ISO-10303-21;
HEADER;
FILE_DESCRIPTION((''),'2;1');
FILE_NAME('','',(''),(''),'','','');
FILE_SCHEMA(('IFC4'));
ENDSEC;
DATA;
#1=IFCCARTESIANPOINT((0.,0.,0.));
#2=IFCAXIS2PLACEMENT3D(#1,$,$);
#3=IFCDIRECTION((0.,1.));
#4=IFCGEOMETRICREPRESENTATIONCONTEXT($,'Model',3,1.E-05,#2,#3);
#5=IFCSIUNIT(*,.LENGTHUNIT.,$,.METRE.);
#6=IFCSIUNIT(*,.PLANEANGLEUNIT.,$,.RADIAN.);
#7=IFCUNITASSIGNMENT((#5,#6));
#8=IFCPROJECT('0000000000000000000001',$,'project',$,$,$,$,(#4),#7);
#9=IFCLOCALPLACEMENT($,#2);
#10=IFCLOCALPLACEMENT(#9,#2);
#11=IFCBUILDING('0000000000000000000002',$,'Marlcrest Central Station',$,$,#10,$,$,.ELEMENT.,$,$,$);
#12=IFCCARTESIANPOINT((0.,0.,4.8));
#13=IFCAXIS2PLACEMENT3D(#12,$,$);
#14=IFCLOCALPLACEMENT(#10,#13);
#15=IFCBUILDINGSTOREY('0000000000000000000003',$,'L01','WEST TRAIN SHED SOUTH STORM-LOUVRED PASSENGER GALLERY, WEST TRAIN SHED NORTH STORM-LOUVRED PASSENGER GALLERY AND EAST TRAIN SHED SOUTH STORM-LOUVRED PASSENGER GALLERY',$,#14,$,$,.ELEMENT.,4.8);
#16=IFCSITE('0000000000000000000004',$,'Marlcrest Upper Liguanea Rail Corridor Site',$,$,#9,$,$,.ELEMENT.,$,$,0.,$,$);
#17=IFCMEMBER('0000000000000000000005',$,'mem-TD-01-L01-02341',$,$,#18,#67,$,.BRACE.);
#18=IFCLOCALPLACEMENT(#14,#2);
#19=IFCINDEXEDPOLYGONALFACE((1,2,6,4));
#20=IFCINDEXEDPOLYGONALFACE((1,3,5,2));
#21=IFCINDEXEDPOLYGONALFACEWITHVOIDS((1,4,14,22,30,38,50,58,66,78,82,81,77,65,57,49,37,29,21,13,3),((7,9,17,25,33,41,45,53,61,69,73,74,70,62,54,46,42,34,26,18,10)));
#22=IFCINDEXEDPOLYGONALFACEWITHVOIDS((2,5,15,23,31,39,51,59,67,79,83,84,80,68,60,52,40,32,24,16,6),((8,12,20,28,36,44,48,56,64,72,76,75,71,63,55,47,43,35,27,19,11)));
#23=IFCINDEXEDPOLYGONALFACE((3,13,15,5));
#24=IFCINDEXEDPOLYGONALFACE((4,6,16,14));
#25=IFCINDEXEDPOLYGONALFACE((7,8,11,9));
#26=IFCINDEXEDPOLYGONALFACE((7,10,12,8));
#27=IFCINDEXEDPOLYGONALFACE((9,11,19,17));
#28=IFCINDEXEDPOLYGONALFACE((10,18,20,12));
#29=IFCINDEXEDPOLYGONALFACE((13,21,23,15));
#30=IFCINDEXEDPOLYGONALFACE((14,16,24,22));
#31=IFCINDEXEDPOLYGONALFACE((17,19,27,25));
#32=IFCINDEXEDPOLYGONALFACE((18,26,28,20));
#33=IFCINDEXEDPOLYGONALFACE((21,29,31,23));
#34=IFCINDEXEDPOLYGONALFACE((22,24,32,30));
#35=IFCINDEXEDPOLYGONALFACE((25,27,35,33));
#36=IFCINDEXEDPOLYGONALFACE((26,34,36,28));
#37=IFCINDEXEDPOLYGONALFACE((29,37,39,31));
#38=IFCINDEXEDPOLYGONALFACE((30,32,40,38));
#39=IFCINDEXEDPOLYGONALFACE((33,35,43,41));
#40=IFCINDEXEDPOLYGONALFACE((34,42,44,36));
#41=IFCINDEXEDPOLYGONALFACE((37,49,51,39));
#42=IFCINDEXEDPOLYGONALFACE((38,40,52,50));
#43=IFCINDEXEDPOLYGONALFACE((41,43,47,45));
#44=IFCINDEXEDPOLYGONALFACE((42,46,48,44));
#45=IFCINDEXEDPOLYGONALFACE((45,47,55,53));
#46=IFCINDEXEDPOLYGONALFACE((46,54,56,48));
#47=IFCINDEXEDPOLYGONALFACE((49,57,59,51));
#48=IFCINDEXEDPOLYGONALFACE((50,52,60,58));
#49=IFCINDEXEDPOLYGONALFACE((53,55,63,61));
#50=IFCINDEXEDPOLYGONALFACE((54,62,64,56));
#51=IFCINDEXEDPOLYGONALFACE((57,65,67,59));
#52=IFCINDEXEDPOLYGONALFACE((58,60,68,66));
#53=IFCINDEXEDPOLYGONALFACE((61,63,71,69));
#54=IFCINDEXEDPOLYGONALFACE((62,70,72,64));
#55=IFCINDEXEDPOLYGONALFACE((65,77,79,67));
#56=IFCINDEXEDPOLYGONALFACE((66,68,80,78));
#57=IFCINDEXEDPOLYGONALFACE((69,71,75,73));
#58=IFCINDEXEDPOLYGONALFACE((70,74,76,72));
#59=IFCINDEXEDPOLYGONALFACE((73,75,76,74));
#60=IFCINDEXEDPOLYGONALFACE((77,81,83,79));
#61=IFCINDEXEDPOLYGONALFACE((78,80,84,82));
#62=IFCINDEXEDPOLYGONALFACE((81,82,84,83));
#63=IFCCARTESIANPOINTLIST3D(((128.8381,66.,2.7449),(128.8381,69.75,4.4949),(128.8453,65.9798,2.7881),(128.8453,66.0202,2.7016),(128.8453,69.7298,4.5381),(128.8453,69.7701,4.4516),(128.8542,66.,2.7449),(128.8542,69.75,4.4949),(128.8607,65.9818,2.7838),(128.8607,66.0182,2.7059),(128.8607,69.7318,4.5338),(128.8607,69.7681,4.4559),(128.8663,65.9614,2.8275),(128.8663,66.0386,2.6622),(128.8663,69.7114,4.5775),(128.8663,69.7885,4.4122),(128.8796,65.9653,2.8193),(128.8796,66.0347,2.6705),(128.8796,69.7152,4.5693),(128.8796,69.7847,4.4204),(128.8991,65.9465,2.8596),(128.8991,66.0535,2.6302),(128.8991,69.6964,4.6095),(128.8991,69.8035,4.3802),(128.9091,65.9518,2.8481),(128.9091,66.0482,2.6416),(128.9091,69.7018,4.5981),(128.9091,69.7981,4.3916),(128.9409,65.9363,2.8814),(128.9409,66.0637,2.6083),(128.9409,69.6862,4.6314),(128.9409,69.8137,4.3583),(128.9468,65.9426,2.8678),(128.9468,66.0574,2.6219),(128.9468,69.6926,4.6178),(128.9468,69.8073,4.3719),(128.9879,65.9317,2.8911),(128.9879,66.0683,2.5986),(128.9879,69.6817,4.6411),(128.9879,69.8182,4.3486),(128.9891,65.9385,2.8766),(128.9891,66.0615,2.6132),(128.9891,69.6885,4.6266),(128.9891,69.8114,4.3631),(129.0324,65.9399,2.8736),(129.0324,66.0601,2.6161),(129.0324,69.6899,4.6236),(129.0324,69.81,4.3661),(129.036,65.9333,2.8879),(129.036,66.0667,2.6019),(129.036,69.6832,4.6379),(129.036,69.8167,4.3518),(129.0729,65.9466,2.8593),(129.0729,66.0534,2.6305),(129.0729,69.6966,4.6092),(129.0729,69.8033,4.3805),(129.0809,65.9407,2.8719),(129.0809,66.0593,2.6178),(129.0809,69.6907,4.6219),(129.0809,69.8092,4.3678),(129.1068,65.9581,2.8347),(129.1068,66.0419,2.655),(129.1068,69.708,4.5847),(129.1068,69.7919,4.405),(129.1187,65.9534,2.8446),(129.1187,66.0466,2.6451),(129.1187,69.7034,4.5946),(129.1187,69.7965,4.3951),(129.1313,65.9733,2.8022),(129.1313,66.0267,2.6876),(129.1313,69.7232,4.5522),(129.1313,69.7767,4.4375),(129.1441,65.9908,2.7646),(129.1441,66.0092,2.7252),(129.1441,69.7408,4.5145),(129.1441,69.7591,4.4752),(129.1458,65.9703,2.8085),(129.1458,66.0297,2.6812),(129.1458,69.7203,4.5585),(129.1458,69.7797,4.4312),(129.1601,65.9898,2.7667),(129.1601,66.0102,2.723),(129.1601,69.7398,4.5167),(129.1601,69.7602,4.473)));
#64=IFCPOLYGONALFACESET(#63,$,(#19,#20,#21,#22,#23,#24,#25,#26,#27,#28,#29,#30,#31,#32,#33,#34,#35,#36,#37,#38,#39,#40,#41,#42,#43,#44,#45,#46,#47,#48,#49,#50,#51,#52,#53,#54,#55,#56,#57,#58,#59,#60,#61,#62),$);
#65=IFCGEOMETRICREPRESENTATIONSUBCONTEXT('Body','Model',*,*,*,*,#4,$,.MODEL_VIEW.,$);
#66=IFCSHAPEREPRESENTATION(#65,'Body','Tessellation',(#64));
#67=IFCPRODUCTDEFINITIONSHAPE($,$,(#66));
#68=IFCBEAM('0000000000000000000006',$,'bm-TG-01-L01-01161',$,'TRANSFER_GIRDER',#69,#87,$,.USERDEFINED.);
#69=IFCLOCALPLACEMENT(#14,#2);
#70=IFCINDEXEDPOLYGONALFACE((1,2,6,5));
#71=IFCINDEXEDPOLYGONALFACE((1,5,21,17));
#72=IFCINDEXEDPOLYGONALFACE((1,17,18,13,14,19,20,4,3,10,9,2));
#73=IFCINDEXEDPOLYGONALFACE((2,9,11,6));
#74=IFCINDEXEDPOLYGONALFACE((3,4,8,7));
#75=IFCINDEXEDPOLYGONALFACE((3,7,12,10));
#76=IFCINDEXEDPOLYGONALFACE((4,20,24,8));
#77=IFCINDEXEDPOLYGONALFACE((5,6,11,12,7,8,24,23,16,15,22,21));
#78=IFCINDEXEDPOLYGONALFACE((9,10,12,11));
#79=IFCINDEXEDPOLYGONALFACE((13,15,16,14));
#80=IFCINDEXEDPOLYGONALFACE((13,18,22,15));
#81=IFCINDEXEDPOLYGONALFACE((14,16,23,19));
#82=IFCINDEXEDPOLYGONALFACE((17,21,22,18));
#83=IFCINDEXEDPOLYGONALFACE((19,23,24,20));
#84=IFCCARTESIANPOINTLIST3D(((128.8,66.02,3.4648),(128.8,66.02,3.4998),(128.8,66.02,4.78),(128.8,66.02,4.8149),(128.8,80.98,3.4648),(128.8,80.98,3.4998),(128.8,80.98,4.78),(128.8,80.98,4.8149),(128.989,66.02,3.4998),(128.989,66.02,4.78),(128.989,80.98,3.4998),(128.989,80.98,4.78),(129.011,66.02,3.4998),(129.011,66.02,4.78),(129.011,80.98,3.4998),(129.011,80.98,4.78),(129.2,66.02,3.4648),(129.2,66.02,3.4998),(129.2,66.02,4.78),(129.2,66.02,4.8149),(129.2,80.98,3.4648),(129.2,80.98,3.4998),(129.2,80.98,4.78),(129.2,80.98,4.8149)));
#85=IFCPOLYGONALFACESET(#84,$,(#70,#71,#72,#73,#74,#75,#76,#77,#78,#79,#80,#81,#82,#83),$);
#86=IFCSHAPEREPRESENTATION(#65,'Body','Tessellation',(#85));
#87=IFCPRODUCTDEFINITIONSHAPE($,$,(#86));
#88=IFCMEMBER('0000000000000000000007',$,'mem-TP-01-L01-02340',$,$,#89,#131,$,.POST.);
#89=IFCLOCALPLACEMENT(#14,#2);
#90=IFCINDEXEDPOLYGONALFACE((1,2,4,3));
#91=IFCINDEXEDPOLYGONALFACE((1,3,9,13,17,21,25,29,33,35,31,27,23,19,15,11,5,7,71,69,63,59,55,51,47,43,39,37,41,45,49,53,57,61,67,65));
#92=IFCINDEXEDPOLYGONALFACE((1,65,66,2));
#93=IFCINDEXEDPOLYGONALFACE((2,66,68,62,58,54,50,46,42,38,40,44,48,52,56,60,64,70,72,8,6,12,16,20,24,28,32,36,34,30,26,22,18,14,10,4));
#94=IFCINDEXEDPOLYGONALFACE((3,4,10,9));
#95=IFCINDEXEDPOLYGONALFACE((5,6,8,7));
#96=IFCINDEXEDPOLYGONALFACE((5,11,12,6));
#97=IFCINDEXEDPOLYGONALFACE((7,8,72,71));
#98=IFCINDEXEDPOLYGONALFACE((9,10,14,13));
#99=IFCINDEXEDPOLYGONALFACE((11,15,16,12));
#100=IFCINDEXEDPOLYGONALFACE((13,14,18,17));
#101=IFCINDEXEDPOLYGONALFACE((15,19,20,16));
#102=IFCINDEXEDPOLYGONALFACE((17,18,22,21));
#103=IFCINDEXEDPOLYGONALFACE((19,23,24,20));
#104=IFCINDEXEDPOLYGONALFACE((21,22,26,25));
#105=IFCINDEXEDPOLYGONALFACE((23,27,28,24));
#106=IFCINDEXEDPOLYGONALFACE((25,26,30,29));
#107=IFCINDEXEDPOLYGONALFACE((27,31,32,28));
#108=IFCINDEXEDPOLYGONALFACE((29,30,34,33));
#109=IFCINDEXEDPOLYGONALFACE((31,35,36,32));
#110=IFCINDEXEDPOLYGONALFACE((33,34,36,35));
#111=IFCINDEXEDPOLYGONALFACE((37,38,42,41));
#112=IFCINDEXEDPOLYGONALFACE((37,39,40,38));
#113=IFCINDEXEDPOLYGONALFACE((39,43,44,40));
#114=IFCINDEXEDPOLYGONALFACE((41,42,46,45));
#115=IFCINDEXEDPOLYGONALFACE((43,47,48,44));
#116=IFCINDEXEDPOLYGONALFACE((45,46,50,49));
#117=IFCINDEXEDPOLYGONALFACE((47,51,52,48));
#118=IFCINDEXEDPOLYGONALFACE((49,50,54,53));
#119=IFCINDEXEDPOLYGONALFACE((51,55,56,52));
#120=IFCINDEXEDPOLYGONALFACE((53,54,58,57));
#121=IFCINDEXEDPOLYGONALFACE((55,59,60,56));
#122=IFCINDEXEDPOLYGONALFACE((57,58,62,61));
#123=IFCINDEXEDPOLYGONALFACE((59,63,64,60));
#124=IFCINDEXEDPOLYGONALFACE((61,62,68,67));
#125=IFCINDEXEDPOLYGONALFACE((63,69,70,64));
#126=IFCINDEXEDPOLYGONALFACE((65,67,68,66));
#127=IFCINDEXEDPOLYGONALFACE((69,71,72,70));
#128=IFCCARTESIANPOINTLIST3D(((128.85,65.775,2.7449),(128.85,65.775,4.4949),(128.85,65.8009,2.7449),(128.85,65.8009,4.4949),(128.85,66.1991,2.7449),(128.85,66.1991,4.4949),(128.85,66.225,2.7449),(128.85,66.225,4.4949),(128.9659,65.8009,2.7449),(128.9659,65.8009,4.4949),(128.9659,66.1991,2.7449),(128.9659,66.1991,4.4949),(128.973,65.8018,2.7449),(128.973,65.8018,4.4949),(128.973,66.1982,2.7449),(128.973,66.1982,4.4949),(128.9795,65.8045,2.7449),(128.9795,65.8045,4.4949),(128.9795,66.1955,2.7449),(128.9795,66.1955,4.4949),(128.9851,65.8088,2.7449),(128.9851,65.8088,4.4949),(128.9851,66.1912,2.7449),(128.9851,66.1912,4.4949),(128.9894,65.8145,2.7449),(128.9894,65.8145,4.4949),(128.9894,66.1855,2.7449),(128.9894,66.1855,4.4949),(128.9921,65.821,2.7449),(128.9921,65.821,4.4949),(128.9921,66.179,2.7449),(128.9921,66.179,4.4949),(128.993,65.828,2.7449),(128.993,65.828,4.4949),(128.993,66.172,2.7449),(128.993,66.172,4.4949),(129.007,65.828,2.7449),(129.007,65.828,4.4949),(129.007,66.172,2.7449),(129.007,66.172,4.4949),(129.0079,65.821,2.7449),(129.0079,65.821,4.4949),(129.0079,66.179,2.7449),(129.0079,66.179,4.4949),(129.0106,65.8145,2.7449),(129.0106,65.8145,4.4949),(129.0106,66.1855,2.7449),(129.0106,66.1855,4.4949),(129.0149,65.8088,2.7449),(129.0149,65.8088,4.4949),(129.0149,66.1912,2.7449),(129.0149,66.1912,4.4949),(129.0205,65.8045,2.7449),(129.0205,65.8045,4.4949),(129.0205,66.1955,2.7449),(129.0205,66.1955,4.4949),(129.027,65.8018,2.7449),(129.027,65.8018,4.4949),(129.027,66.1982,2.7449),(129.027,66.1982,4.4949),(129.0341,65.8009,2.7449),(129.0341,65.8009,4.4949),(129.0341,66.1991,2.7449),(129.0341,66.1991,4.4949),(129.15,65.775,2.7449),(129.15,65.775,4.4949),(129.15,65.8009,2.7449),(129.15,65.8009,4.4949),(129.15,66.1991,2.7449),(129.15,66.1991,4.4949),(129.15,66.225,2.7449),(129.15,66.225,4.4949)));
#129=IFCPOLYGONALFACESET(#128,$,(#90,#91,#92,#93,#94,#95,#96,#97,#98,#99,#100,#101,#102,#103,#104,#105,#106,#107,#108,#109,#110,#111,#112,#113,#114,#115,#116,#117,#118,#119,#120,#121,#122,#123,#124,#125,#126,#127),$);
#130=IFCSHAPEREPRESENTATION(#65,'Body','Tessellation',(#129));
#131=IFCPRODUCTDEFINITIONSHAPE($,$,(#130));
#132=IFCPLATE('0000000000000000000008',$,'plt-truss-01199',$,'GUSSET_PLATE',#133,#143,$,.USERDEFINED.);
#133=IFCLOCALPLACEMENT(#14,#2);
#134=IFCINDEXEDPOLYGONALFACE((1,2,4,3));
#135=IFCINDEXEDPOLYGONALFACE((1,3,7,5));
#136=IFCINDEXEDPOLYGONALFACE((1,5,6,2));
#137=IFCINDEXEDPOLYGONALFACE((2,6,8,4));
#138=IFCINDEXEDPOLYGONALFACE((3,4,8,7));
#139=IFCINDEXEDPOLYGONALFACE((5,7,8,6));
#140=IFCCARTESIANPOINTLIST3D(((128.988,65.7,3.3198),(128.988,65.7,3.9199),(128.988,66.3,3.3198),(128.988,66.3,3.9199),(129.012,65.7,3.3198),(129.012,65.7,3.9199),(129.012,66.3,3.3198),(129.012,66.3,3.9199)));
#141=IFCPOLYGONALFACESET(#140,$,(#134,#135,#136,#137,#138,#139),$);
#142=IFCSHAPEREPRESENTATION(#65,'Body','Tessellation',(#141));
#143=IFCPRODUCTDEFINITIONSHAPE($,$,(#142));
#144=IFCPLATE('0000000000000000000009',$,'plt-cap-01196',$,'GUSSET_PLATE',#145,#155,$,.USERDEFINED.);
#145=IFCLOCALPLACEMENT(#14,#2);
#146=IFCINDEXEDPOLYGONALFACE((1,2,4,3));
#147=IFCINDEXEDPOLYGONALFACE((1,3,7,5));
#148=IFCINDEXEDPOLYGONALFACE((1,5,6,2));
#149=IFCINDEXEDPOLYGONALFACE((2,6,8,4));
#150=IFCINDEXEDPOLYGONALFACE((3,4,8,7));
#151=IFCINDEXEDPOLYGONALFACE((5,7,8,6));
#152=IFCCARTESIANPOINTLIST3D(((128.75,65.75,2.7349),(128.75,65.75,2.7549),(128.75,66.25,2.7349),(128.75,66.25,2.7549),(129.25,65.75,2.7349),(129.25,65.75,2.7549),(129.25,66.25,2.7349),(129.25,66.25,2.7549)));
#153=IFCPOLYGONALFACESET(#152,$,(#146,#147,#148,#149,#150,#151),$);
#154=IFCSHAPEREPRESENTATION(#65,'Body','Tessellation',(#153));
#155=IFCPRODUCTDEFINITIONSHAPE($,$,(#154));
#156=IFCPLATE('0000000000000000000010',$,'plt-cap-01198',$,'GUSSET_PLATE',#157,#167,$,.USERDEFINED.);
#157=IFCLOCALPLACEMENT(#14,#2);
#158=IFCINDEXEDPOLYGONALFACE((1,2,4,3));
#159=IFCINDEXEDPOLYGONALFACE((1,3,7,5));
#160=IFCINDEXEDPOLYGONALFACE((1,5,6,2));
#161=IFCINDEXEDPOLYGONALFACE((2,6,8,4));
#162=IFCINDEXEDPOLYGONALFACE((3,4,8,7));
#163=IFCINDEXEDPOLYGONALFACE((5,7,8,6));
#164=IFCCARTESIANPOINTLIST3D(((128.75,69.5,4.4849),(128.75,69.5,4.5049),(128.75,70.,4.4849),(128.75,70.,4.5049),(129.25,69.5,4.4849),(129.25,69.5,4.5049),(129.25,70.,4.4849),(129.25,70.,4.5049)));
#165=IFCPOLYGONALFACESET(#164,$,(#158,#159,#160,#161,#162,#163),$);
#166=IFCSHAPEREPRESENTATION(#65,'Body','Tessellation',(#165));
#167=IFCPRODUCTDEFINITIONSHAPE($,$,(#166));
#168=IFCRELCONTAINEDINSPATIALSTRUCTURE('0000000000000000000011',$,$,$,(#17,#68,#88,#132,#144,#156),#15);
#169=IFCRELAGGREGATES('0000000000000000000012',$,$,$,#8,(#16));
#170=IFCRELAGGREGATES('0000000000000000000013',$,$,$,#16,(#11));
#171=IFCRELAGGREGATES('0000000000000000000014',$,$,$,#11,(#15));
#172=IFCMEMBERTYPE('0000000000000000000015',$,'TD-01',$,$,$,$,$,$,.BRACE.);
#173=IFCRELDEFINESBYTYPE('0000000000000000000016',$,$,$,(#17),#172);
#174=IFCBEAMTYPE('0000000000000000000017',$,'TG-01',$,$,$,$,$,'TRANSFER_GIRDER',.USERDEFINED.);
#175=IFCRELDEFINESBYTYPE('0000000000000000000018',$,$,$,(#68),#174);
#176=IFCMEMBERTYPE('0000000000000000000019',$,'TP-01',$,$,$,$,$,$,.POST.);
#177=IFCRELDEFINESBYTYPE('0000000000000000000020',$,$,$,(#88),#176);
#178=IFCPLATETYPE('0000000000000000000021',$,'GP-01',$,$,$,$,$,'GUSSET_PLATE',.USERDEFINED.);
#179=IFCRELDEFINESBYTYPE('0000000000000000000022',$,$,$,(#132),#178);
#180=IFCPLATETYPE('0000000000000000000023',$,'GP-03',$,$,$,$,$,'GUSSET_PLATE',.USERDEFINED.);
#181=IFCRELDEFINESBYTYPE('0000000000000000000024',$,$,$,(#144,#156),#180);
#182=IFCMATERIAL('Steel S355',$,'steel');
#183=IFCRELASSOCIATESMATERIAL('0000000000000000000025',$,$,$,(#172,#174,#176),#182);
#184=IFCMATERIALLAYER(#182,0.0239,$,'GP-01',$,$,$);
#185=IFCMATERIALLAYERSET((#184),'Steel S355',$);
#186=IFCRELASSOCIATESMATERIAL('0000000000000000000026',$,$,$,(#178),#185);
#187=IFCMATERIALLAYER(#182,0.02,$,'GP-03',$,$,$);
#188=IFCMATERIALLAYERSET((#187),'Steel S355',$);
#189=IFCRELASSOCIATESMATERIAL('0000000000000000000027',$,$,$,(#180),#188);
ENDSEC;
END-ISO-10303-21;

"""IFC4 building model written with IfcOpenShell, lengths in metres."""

from ifc_helpers import new_model, si_unit, direction, frame, origin, origin_2d, place, context, subcontext, project, spatial, rectangle, hollow_circle, i_section, extrude, material, layer, layer_set, material_profile, profile_set, type_object, element, save


model = new_model("IFC4")

# Units and contexts
model_context = context("Model", 3, precision=1e-05, world=origin(), true_north=direction((0.0, 1.0)))
body_context = subcontext(model_context, "Body", "Model", "MODEL_VIEW")
ifc_project = project(units=[si_unit("LENGTHUNIT", "METRE"), si_unit("PLANEANGLEUNIT", "RADIAN")], contexts=[model_context])

# Site, building, storey
site_placement = place(None, origin())
site = spatial("IfcSite", under=ifc_project, at=site_placement, Name="Marlcrest Upper Liguanea Rail Corridor Site", CompositionType="ELEMENT", RefElevation=0.0)
building_placement = place(site_placement, origin())
building = spatial("IfcBuilding", under=site, at=building_placement, Name="Marlcrest Central Station", CompositionType="ELEMENT")
storey_placement = place(building_placement, frame((0.0, 0.0, 4.8)))
storey = spatial("IfcBuildingStorey", under=building, at=storey_placement, Name="L01", Description="WEST TRAIN SHED SOUTH STORM-LOUVRED PASSENGER GALLERY, WEST TRAIN SHED NORTH STORM-LOUVRED PASSENGER GALLERY AND EAST TRAIN SHED SOUTH STORM-LOUVRED PASSENGER GALLERY", CompositionType="ELEMENT", Elevation=4.8)

# Shared definitions
ifc_material = material(Name="Steel S355", Category="steel")

# Member
ifc_material_profile_1 = material_profile(ifc_material, hollow_circle(Radius=0.1619, WallThickness=0.0161, at=origin_2d()), Name="CHS 323.9x16")
ifc_profile_set_1 = profile_set([ifc_material_profile_1], Name="Steel S355")
member_type_1 = type_object("IfcMemberType", Name="TD-01", PredefinedType="BRACE", material=ifc_profile_set_1)
member_1_placement = place(storey_placement, frame((129.0, 66.0, 2.7449), z_axis=(0.0, 0.906183, 0.422885), x_axis=(-1.0, 0.0, 0.0)))
element("IfcMember", 1, at=member_1_placement, inside=storey, type_object=member_type_1, Name="mem-TD-01-L01-02341", PredefinedType="BRACE", context=body_context, shape_type="SweptSolid", body=[
    extrude(hollow_circle(Radius=0.1619, WallThickness=0.0161, at=origin_2d()), origin(), (0.0, 0.0, 1.0), 4.1382),
])

# Beam
ifc_material_profile_2 = material_profile(ifc_material, i_section(OverallWidth=0.3999, OverallDepth=1.3501, WebThickness=0.022, FlangeThickness=0.0349, at=origin_2d()), Name="PG 1350x400")
ifc_profile_set_2 = profile_set([ifc_material_profile_2], Name="Steel S355")
beam_type = type_object("IfcBeamType", Name="TG-01", ElementType="TRANSFER_GIRDER", PredefinedType="USERDEFINED", material=ifc_profile_set_2)
beam_placement = place(storey_placement, frame((129.0, 66.02, 4.1399), z_axis=(0.0, 1.0, 0.0), x_axis=(-1.0, 0.0, 0.0)))
element("IfcBeam", 2, at=beam_placement, inside=storey, type_object=beam_type, Name="bm-TG-01-L01-01161", ObjectType="TRANSFER_GIRDER", PredefinedType="USERDEFINED", context=body_context, shape_type="SweptSolid", body=[
    extrude(i_section(OverallWidth=0.3999, OverallDepth=1.3501, WebThickness=0.022, FlangeThickness=0.0349, at=origin_2d()), origin(), (0.0, 0.0, 1.0), 14.96),
])

# Member
ifc_material_profile_3 = material_profile(ifc_material, i_section(OverallWidth=0.3, OverallDepth=0.45, WebThickness=0.0139, FlangeThickness=0.0259, FilletRadius=0.0271, at=origin_2d()), Name="HEB 450")
ifc_profile_set_3 = profile_set([ifc_material_profile_3], Name="Steel S355")
member_type_2 = type_object("IfcMemberType", Name="TP-01", PredefinedType="POST", material=ifc_profile_set_3)
member_2_placement = place(storey_placement, frame((129.0, 66.0, 2.7449), z_axis=(0.0, 0.0, 1.0), x_axis=(1.0, 0.0, 0.0)))
element("IfcMember", 3, at=member_2_placement, inside=storey, type_object=member_type_2, Name="mem-TP-01-L01-02340", PredefinedType="POST", context=body_context, shape_type="SweptSolid", body=[
    extrude(i_section(OverallWidth=0.3, OverallDepth=0.45, WebThickness=0.0139, FlangeThickness=0.0259, FilletRadius=0.0271, at=origin_2d()), origin(), (0.0, 0.0, 1.0), 1.75),
])

# Plates
ifc_layer_1 = layer(ifc_material, 0.0239, Name="GP-01")
ifc_layer_set_1 = layer_set([ifc_layer_1], Name="Steel S355")
plate_type_1 = type_object("IfcPlateType", Name="GP-01", ElementType="GUSSET_PLATE", PredefinedType="USERDEFINED", material=ifc_layer_set_1)
plate_placement = place(storey_placement, frame((129.0, 66.0, 3.3198), z_axis=(0.0, 0.0, 1.0), x_axis=(1.0, 0.0, 0.0)))
element("IfcPlate", 4, at=plate_placement, inside=storey, type_object=plate_type_1, Name="plt-truss-01199", ObjectType="GUSSET_PLATE", PredefinedType="USERDEFINED", context=body_context, shape_type="SweptSolid", body=[
    extrude(rectangle(XDim=0.0239, YDim=0.6001, at=origin_2d()), origin(), (0.0, 0.0, 1.0), 0.6001),
])
ifc_layer_2 = layer(ifc_material, 0.02, Name="GP-03")
ifc_layer_set_2 = layer_set([ifc_layer_2], Name="Steel S355")
plate_type_2 = type_object("IfcPlateType", Name="GP-03", ElementType="GUSSET_PLATE", PredefinedType="USERDEFINED", material=ifc_layer_set_2)
for number, where, z_axis, x_axis, name in (
    (5, (129.0, 66.0, 2.7349), (0.0, 0.0, 1.0), (1.0, 0.0, 0.0), "plt-cap-01196"),
    (6, (129.0, 69.75, 4.4849), (0.0, 0.0, 1.0), (1.0, 0.0, 0.0), "plt-cap-01198"),
):
    element("IfcPlate", number, at=place(storey_placement, frame(where, z_axis=z_axis, x_axis=x_axis)), inside=storey, type_object=plate_type_2, Name=name, ObjectType="GUSSET_PLATE", PredefinedType="USERDEFINED", context=body_context, shape_type="SweptSolid", body=[
        extrude(rectangle(XDim=0.5, YDim=0.5, at=origin_2d()), origin(), (0.0, 0.0, 1.0), 0.02),
    ])

save(model, "model.ifc")
